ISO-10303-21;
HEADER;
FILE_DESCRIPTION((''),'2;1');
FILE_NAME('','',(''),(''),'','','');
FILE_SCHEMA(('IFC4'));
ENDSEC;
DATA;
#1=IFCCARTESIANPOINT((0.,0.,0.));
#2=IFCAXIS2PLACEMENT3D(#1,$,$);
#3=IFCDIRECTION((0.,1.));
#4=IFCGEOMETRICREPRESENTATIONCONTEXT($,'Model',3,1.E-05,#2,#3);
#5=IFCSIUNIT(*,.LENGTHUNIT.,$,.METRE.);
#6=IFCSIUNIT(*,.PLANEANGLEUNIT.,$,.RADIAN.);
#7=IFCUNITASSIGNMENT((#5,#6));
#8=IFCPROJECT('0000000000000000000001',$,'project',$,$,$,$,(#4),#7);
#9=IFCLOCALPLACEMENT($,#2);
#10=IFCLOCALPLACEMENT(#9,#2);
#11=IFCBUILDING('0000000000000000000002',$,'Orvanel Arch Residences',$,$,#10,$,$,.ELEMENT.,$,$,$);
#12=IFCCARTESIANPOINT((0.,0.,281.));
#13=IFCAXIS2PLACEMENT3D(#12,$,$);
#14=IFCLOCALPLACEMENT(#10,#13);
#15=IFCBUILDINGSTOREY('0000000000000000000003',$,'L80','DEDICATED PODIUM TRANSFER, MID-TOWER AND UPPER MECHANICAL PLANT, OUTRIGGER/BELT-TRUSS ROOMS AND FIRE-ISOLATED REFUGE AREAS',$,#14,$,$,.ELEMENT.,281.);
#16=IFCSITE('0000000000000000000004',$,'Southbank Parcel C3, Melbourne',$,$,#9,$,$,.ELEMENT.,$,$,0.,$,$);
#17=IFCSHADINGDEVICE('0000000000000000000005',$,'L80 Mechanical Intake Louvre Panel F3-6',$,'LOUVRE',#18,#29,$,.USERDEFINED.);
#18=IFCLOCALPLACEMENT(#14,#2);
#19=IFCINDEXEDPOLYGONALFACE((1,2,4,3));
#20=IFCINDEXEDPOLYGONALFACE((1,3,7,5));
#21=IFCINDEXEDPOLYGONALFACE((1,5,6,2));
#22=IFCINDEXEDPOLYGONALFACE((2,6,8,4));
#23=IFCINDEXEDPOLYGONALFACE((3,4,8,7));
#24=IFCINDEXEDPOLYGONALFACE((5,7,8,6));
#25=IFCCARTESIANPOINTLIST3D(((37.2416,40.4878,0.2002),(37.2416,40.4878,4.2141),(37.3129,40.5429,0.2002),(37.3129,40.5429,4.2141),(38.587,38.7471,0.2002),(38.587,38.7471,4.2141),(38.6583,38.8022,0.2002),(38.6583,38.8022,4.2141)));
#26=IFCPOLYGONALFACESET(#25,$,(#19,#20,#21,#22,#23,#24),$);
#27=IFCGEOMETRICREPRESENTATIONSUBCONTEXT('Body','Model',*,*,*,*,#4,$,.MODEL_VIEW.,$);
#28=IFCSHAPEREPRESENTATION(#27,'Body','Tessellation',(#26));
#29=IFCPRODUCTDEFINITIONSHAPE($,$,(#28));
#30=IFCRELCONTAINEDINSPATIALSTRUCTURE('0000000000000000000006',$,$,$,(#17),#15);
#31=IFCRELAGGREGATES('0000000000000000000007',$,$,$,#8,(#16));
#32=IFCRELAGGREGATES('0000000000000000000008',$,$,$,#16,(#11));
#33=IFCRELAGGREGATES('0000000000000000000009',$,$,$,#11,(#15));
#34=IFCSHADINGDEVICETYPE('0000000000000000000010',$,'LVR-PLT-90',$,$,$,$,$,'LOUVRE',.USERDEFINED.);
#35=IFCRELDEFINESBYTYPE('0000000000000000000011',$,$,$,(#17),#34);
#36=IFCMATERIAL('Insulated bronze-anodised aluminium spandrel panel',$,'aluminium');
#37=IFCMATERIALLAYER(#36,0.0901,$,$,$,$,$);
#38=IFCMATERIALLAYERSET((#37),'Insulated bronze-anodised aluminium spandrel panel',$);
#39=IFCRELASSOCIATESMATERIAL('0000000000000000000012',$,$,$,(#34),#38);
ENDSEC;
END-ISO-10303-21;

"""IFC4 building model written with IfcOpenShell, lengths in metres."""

from ifc_helpers import new_model, si_unit, direction, frame, origin, origin_2d, place, context, subcontext, project, spatial, rectangle, extrude, material, layer, layer_set, type_object, element, save


model = new_model("IFC4")

# Units and contexts
model_context = context("Model", 3, precision=1e-05, world=origin(), true_north=direction((0.0, 1.0)))
body_context = subcontext(model_context, "Body", "Model", "MODEL_VIEW")
ifc_project = project(units=[si_unit("LENGTHUNIT", "METRE"), si_unit("PLANEANGLEUNIT", "RADIAN")], contexts=[model_context])

# Site, building, storey
site_placement = place(None, origin())
site = spatial("IfcSite", under=ifc_project, at=site_placement, Name="Southbank Parcel C3, Melbourne", CompositionType="ELEMENT", RefElevation=0.0)
building_placement = place(site_placement, origin())
building = spatial("IfcBuilding", under=site, at=building_placement, Name="Orvanel Arch Residences", CompositionType="ELEMENT")
storey_placement = place(building_placement, frame((0.0, 0.0, 281.0)))
storey = spatial("IfcBuildingStorey", under=building, at=storey_placement, Name="L80", Description="DEDICATED PODIUM TRANSFER, MID-TOWER AND UPPER MECHANICAL PLANT, OUTRIGGER/BELT-TRUSS ROOMS AND FIRE-ISOLATED REFUGE AREAS", CompositionType="ELEMENT", Elevation=281.0)

# Shading device
ifc_material_1 = material(Name="Insulated bronze-anodised aluminium spandrel panel", Category="aluminium")
ifc_layer_1 = layer(ifc_material_1, 0.0901)
ifc_layer_set_1 = layer_set([ifc_layer_1], Name="Insulated bronze-anodised aluminium spandrel panel")
shading_device_type = type_object("IfcShadingDeviceType", Name="LVR-PLT-90", ElementType="LOUVRE", PredefinedType="USERDEFINED", material=ifc_layer_set_1)
for number, where, z_axis, x_axis, name in (
    (1, (37.95, 39.645, 0.2002), (0.0, 0.0, 1.0), (-0.611527, 0.791224, 0.0), "L80 Mechanical Intake Louvre Panel F3-6"),
):
    element("IfcShadingDevice", number, at=place(storey_placement, frame(where, z_axis=z_axis, x_axis=x_axis)), inside=storey, type_object=shading_device_type, Name=name, ObjectType="LOUVRE", PredefinedType="USERDEFINED", context=body_context, shape_type="SweptSolid", body=[
        extrude(rectangle(XDim=2.2, YDim=0.0901, at=origin_2d()), origin(), (0.0, 0.0, 1.0), 4.0139),
    ])

save(model, "model.ifc")
